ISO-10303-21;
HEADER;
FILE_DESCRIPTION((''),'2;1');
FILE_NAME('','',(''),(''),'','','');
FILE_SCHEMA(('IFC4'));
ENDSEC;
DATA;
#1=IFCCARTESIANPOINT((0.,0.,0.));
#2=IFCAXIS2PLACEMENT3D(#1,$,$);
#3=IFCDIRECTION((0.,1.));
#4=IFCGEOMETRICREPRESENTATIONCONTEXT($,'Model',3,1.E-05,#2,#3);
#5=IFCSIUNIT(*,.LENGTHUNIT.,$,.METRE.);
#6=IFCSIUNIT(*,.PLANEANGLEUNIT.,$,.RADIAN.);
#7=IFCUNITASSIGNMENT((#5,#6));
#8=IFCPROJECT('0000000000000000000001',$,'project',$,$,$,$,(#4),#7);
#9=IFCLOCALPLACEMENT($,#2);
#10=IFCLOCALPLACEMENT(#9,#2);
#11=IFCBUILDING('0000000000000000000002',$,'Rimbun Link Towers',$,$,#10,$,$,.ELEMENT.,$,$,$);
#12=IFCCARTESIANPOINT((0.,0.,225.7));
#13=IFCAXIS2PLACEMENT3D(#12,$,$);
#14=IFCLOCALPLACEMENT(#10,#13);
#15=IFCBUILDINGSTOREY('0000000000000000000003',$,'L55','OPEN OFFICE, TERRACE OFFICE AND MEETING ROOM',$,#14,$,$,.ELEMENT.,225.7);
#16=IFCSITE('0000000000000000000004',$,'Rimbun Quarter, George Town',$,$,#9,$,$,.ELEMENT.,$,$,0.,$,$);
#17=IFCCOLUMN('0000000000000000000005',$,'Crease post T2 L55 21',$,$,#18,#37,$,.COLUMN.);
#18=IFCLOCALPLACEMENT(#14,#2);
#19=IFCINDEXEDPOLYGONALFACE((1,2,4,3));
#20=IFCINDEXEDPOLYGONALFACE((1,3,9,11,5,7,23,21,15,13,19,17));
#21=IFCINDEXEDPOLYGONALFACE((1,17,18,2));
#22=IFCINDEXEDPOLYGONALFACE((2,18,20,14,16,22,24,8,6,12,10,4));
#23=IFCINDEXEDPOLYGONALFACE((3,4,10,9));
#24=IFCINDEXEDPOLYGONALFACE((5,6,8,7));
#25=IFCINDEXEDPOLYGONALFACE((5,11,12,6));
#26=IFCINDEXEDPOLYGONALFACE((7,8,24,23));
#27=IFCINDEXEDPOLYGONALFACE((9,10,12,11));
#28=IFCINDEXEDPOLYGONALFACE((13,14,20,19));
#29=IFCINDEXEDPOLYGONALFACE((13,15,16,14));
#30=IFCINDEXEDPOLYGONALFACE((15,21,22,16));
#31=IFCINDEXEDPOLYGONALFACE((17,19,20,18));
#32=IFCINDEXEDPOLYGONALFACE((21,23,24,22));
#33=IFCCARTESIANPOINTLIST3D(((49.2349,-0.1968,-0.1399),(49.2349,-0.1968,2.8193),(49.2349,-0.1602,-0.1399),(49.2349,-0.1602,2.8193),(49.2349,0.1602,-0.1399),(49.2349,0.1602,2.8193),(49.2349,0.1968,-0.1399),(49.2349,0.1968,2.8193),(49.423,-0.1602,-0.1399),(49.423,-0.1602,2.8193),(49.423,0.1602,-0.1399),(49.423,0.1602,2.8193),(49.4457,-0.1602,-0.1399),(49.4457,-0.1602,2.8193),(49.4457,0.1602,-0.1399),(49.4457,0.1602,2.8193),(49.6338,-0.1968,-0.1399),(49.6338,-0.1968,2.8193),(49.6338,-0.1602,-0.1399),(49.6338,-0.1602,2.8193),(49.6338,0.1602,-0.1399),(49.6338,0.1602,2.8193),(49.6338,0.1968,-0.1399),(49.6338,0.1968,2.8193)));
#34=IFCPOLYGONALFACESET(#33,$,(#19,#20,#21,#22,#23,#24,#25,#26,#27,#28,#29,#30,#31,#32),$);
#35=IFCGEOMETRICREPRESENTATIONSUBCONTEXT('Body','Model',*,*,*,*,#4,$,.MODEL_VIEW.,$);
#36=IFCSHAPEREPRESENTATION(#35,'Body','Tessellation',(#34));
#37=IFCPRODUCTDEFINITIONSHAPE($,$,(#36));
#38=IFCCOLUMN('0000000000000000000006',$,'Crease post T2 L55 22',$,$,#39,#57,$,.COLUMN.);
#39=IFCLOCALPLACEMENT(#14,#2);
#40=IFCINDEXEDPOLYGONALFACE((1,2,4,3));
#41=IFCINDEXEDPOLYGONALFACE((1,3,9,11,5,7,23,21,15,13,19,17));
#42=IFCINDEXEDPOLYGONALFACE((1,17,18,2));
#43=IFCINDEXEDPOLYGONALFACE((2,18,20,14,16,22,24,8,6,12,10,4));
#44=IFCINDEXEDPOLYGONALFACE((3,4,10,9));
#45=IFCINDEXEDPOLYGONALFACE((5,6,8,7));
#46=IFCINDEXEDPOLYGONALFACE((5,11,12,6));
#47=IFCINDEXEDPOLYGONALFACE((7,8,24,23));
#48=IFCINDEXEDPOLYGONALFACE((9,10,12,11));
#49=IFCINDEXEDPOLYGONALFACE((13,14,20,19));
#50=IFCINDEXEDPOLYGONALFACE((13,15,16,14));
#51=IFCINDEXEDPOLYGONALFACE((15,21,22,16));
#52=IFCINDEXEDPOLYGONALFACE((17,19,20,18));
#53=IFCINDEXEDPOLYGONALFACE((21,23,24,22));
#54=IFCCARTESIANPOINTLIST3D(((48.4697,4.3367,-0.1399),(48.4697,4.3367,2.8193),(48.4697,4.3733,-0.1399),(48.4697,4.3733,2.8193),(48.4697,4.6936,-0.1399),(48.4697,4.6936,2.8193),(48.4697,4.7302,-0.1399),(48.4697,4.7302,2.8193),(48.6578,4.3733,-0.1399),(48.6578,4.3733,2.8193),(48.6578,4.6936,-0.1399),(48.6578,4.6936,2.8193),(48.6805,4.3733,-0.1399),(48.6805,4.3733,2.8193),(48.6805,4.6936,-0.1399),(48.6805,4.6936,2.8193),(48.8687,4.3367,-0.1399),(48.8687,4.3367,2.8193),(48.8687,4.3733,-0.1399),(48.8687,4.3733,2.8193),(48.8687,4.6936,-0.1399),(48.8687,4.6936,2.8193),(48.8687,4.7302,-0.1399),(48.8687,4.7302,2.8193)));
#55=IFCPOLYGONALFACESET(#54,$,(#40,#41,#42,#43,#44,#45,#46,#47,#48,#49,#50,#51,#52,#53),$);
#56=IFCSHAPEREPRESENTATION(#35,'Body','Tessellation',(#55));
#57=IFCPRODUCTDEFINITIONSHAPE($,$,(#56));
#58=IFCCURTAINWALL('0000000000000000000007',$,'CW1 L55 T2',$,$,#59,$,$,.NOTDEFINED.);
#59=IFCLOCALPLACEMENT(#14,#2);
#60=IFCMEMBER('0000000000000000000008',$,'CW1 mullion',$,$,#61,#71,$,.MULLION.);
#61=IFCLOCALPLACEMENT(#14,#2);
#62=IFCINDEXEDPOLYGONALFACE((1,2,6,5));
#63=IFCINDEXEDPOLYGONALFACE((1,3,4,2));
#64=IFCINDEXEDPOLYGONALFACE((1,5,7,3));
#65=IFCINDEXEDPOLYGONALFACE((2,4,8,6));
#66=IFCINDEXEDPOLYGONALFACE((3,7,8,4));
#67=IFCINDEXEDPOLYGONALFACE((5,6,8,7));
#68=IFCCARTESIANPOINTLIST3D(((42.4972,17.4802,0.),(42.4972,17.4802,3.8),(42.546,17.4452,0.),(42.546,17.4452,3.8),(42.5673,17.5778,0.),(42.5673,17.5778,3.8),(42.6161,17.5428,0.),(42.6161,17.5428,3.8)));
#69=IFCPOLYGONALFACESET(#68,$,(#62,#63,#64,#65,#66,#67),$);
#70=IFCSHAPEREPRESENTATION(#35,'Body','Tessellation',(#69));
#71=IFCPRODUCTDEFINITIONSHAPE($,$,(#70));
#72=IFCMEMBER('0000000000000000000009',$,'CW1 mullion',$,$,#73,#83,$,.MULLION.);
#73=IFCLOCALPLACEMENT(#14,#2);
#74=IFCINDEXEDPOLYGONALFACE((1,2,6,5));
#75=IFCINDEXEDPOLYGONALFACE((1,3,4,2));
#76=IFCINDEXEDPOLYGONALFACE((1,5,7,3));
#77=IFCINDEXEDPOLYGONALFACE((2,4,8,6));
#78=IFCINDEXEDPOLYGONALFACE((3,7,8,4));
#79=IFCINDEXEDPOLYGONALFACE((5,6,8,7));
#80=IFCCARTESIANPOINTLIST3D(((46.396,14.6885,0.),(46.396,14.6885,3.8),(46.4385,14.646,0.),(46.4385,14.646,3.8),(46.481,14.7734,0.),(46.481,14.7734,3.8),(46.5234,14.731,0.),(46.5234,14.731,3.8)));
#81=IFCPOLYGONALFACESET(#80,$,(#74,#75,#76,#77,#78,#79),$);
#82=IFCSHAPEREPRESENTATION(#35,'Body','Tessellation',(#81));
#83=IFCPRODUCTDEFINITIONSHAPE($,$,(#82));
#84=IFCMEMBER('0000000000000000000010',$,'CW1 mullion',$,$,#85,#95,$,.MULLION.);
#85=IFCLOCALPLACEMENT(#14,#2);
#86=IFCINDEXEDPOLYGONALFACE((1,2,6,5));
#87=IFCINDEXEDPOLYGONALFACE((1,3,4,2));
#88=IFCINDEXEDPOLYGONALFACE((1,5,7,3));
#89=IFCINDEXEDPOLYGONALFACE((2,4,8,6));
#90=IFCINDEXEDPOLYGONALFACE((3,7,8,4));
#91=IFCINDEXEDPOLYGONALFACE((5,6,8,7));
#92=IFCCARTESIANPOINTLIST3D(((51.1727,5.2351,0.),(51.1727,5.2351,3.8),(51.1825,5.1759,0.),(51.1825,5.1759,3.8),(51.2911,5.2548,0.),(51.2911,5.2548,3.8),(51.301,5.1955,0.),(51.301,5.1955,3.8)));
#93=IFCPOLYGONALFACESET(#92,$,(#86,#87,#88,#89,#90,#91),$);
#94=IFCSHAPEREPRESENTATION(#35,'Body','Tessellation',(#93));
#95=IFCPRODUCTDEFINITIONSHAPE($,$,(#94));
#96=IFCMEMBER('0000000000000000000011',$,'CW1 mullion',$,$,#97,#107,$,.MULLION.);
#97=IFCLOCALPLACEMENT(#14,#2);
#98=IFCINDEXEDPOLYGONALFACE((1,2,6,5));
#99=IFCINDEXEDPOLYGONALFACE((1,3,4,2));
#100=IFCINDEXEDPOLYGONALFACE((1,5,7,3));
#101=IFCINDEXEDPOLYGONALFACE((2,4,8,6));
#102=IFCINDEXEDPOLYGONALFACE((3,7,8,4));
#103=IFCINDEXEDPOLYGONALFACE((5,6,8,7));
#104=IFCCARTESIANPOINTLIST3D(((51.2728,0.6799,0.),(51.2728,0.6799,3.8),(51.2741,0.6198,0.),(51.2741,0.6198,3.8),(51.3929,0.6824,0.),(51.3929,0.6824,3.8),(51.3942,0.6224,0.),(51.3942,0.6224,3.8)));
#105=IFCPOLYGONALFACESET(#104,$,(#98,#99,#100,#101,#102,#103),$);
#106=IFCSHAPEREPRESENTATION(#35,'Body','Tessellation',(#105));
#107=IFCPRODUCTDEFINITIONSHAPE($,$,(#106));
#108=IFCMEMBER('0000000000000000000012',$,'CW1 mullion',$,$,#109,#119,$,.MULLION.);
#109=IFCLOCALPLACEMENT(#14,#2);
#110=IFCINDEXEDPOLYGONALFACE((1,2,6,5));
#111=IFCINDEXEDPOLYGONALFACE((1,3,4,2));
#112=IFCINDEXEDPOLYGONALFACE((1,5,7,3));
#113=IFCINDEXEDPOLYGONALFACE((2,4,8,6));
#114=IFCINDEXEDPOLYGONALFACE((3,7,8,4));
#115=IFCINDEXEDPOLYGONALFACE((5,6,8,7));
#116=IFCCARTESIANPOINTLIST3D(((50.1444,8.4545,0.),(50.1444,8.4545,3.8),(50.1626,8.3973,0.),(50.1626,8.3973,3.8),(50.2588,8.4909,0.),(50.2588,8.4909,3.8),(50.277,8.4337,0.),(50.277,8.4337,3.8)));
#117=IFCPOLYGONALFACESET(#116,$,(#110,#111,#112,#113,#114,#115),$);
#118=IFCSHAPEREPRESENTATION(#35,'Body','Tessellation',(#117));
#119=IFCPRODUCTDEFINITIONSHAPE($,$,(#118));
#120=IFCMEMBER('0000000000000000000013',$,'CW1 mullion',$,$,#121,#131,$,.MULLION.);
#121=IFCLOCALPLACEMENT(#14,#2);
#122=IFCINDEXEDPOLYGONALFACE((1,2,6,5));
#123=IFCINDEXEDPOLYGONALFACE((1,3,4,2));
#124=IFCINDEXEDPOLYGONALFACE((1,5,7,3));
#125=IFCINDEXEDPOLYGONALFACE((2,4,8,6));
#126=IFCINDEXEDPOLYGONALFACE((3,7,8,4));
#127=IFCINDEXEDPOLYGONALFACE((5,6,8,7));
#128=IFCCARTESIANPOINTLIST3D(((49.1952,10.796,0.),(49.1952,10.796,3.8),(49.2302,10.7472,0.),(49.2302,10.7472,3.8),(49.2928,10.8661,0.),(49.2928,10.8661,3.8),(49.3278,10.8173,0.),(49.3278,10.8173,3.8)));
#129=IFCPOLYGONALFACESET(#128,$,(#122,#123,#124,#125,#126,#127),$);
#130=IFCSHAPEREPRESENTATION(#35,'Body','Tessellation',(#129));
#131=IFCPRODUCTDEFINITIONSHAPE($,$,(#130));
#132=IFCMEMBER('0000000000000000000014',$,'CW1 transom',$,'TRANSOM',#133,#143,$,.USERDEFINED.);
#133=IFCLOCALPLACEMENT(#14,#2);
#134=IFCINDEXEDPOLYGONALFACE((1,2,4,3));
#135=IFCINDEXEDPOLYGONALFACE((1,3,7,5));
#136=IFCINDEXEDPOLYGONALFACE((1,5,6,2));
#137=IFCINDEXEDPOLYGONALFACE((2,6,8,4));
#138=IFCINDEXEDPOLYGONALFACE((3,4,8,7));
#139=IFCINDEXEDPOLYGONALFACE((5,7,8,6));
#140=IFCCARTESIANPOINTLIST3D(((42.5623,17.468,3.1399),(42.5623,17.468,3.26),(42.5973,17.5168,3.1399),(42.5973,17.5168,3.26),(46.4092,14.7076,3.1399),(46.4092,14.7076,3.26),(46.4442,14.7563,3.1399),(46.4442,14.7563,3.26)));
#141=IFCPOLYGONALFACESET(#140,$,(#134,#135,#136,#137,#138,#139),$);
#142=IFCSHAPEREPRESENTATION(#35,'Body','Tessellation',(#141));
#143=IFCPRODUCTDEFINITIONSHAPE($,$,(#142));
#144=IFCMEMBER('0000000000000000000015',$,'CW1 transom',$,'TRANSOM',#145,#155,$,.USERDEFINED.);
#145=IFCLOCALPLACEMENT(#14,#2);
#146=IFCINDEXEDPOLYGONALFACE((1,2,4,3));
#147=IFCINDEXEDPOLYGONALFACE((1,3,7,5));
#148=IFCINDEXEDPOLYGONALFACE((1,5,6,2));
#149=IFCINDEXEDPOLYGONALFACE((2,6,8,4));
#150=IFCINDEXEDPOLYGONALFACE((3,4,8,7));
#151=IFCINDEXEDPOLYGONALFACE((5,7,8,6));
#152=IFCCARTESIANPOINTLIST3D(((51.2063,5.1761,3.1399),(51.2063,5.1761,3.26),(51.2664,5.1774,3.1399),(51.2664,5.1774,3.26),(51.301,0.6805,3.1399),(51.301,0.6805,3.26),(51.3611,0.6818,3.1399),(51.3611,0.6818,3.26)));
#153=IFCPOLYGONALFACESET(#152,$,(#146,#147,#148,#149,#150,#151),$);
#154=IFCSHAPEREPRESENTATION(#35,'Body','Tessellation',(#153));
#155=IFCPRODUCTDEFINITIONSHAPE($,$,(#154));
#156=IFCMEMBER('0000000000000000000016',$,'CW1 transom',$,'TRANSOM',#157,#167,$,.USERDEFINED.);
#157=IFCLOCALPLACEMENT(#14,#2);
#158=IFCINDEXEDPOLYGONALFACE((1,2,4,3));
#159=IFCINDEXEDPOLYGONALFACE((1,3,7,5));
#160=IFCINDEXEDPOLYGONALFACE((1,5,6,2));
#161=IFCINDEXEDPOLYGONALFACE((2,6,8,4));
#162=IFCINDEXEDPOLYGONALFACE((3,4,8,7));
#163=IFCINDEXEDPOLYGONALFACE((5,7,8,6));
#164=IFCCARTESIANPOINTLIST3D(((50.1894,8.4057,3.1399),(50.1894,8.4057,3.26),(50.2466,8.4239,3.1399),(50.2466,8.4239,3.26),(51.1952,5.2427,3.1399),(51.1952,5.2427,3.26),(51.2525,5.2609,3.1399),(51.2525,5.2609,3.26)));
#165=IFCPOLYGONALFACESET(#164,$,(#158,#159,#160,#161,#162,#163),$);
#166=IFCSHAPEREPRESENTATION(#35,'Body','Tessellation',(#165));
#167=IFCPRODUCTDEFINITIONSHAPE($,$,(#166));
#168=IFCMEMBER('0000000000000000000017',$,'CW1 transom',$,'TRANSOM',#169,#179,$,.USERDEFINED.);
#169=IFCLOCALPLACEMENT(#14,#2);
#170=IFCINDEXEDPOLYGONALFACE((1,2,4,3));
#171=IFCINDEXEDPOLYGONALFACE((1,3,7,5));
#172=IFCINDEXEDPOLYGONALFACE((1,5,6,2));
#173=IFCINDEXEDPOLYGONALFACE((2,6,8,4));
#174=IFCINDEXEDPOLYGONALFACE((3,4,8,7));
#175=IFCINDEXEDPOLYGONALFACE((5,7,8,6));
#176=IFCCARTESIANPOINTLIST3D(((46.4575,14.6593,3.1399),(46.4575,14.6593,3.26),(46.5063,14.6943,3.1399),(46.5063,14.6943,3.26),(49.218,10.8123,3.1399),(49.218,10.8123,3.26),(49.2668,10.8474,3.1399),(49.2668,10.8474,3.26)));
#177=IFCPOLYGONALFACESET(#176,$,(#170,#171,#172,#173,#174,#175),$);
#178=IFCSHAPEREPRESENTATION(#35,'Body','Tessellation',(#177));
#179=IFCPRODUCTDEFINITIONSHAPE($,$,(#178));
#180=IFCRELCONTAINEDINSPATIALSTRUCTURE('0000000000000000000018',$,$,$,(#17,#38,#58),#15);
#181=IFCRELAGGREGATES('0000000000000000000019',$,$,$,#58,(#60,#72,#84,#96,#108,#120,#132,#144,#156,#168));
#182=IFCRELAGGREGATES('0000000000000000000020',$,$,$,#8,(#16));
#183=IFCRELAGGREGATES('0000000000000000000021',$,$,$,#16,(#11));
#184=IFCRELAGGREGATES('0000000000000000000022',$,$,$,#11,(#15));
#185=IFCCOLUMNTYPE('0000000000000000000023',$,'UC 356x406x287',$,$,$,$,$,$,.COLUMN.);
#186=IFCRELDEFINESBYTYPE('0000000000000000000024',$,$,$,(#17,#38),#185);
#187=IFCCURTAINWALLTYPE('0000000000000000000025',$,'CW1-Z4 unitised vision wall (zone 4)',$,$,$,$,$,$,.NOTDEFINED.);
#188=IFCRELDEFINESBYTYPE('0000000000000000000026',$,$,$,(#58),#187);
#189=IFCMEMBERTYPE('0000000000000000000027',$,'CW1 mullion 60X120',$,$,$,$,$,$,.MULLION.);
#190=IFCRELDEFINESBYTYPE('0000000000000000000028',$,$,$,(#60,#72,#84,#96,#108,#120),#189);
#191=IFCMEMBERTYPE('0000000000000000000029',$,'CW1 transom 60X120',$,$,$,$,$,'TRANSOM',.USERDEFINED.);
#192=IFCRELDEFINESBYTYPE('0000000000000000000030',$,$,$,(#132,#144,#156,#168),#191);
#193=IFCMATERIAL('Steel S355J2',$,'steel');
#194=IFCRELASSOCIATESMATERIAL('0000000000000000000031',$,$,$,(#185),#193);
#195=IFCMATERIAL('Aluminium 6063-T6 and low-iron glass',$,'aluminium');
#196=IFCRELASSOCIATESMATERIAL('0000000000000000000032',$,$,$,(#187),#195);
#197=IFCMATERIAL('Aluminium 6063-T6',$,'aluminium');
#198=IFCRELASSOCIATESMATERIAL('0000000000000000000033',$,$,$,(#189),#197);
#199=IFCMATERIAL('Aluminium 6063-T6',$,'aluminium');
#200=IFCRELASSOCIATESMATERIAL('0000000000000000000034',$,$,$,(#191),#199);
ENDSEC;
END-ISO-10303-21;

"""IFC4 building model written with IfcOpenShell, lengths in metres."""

from ifc_helpers import new_model, si_unit, direction, frame, origin, origin_2d, place, context, subcontext, project, spatial, rectangle, i_section, extrude, material, material_profile, profile_set, type_object, element, aggregate, save


model = new_model("IFC4")

# Units and contexts
model_context = context("Model", 3, precision=1e-05, world=origin(), true_north=direction((0.0, 1.0)))
body_context = subcontext(model_context, "Body", "Model", "MODEL_VIEW")
ifc_project = project(units=[si_unit("LENGTHUNIT", "METRE"), si_unit("PLANEANGLEUNIT", "RADIAN")], contexts=[model_context])

# Site, building, storey
site_placement = place(None, origin())
site = spatial("IfcSite", under=ifc_project, at=site_placement, Name="Rimbun Quarter, George Town", CompositionType="ELEMENT", RefElevation=0.0)
building_placement = place(site_placement, origin())
building = spatial("IfcBuilding", under=site, at=building_placement, Name="Rimbun Link Towers", CompositionType="ELEMENT")
storey_placement = place(building_placement, frame((0.0, 0.0, 225.7)))
storey = spatial("IfcBuildingStorey", under=building, at=storey_placement, Name="L55", Description="OPEN OFFICE, TERRACE OFFICE AND MEETING ROOM", CompositionType="ELEMENT", Elevation=225.7)

# Columns
ifc_material_1 = material(Name="Steel S355J2", Category="steel")
ifc_material_profile_1 = material_profile(ifc_material_1, i_section(OverallWidth=0.3989, OverallDepth=0.3936, WebThickness=0.0227, FlangeThickness=0.0366, at=origin_2d()), Name="UC 356x406x287")
ifc_profile_set_1 = profile_set([ifc_material_profile_1], Name="Steel S355J2")
column_type = type_object("IfcColumnType", Name="UC 356x406x287", PredefinedType="COLUMN", material=ifc_profile_set_1)
for number, where, z_axis, x_axis, name in (
    (1, (49.4343, 0.0, -0.1399), (0.0, 0.0, 1.0), (1.0, 0.0, 0.0), "Crease post T2 L55 21"),
    (2, (48.6692, 4.5334, -0.1399), (0.0, 0.0, 1.0), (1.0, 0.0, 0.0), "Crease post T2 L55 22"),
):
    element("IfcColumn", number, at=place(storey_placement, frame(where, z_axis=z_axis, x_axis=x_axis)), inside=storey, type_object=column_type, Name=name, PredefinedType="COLUMN", context=body_context, shape_type="SweptSolid", body=[
        extrude(i_section(OverallWidth=0.3989, OverallDepth=0.3936, WebThickness=0.0227, FlangeThickness=0.0366, at=origin_2d()), origin(), (0.0, 0.0, 1.0), 2.9592),
    ])

# Curtain wall, members
ifc_material_2 = material(Name="Aluminium 6063-T6 and low-iron glass", Category="aluminium")
curtain_wall_type = type_object("IfcCurtainWallType", Name="CW1-Z4 unitised vision wall (zone 4)", PredefinedType="NOTDEFINED", material=ifc_material_2)
curtain_wall_placement = place(storey_placement, origin())
curtain_wall = element("IfcCurtainWall", 3, at=curtain_wall_placement, inside=storey, type_object=curtain_wall_type, Name="CW1 L55 T2", PredefinedType="NOTDEFINED")
ifc_material_3 = material(Name="Aluminium 6063-T6", Category="aluminium")
ifc_material_profile_2 = material_profile(ifc_material_3, rectangle(XDim=0.1201, YDim=0.0601, at=origin_2d()), Name="MULLION 60X120")
ifc_profile_set_2 = profile_set([ifc_material_profile_2], Name="Aluminium 6063-T6")
member_type_1 = type_object("IfcMemberType", Name="CW1 mullion 60X120", PredefinedType="MULLION", material=ifc_profile_set_2)
member_1_placement = place(storey_placement, frame((42.5566, 17.5115, 0.0), z_axis=(0.0, 0.0, 1.0), x_axis=(0.583009, 0.812465, 0.0)))
member_1 = element("IfcMember", 4, at=member_1_placement, type_object=member_type_1, Name="CW1 mullion", PredefinedType="MULLION", context=body_context, shape_type="SweptSolid", body=[
    extrude(rectangle(XDim=0.1201, YDim=0.0601, at=origin_2d()), origin(), (0.0, 0.0, 1.0), 3.8),
])
member_2_placement = place(storey_placement, frame((46.4597, 14.7097, 0.0), z_axis=(0.0, 0.0, 1.0), x_axis=(0.707107, 0.707107, 0.0)))
member_2 = element("IfcMember", 5, at=member_2_placement, type_object=member_type_1, Name="CW1 mullion", PredefinedType="MULLION", context=body_context, shape_type="SweptSolid", body=[
    extrude(rectangle(XDim=0.1201, YDim=0.0601, at=origin_2d()), origin(), (0.0, 0.0, 1.0), 3.8),
])
member_3_placement = place(storey_placement, frame((51.2368, 5.2153, 0.0), z_axis=(0.0, 0.0, 1.0), x_axis=(0.986503, 0.163742, 0.0)))
member_3 = element("IfcMember", 6, at=member_3_placement, type_object=member_type_1, Name="CW1 mullion", PredefinedType="MULLION", context=body_context, shape_type="SweptSolid", body=[
    extrude(rectangle(XDim=0.1201, YDim=0.0601, at=origin_2d()), origin(), (0.0, 0.0, 1.0), 3.8),
])
member_4_placement = place(storey_placement, frame((51.3335, 0.6511, 0.0), z_axis=(0.0, 0.0, 1.0), x_axis=(0.999778, 0.021069, 0.0)))
member_4 = element("IfcMember", 7, at=member_4_placement, type_object=member_type_1, Name="CW1 mullion", PredefinedType="MULLION", context=body_context, shape_type="SweptSolid", body=[
    extrude(rectangle(XDim=0.1201, YDim=0.0601, at=origin_2d()), origin(), (0.0, 0.0, 1.0), 3.8),
])
member_5_placement = place(storey_placement, frame((50.2107, 8.4441, 0.0), z_axis=(0.0, 0.0, 1.0), x_axis=(0.952974, 0.303053, 0.0)))
member_5 = element("IfcMember", 8, at=member_5_placement, type_object=member_type_1, Name="CW1 mullion", PredefinedType="MULLION", context=body_context, shape_type="SweptSolid", body=[
    extrude(rectangle(XDim=0.1201, YDim=0.0601, at=origin_2d()), origin(), (0.0, 0.0, 1.0), 3.8),
])
member_6_placement = place(storey_placement, frame((49.2615, 10.8066, 0.0), z_axis=(0.0, 0.0, 1.0), x_axis=(0.812465, 0.583009, 0.0)))
member_6 = element("IfcMember", 9, at=member_6_placement, type_object=member_type_1, Name="CW1 mullion", PredefinedType="MULLION", context=body_context, shape_type="SweptSolid", body=[
    extrude(rectangle(XDim=0.1201, YDim=0.0601, at=origin_2d()), origin(), (0.0, 0.0, 1.0), 3.8),
])
ifc_material_4 = material(Name="Aluminium 6063-T6", Category="aluminium")
ifc_material_profile_3 = material_profile(ifc_material_4, rectangle(XDim=0.0601, YDim=0.1201, at=origin_2d()), Name="TRANSOM 60X120")
ifc_profile_set_3 = profile_set([ifc_material_profile_3], Name="Aluminium 6063-T6")
member_type_2 = type_object("IfcMemberType", Name="CW1 transom 60X120", ElementType="TRANSOM", PredefinedType="USERDEFINED", material=ifc_profile_set_3)
member_7_placement = place(storey_placement, frame((42.5798, 17.4924, 3.2), z_axis=(0.812463, -0.583012, 0.0), x_axis=(0.583012, 0.812463, 0.0)))
member_7 = element("IfcMember", 10, at=member_7_placement, type_object=member_type_2, Name="CW1 transom", ObjectType="TRANSOM", PredefinedType="USERDEFINED", context=body_context, shape_type="SweptSolid", body=[
    extrude(rectangle(XDim=0.0601, YDim=0.1201, at=origin_2d()), origin(), (0.0, 0.0, 1.0), 4.7349),
])
member_8_placement = place(storey_placement, frame((51.2363, 5.1768, 3.2), z_axis=(0.021066, -0.999778, 0.0), x_axis=(0.999778, 0.021066, 0.0)))
member_8 = element("IfcMember", 11, at=member_8_placement, type_object=member_type_2, Name="CW1 transom", ObjectType="TRANSOM", PredefinedType="USERDEFINED", context=body_context, shape_type="SweptSolid", body=[
    extrude(rectangle(XDim=0.0601, YDim=0.1201, at=origin_2d()), origin(), (0.0, 0.0, 1.0), 4.4966),
])
member_9_placement = place(storey_placement, frame((50.218, 8.4148, 3.2), z_axis=(0.303046, -0.952976, 0.0), x_axis=(0.952976, 0.303046, 0.0)))
member_9 = element("IfcMember", 12, at=member_9_placement, type_object=member_type_2, Name="CW1 transom", ObjectType="TRANSOM", PredefinedType="USERDEFINED", context=body_context, shape_type="SweptSolid", body=[
    extrude(rectangle(XDim=0.0601, YDim=0.1201, at=origin_2d()), origin(), (0.0, 0.0, 1.0), 3.3191),
])
member_10_placement = place(storey_placement, frame((46.4819, 14.6768, 3.2), z_axis=(0.583012, -0.812463, 0.0), x_axis=(0.812463, 0.583012, 0.0)))
member_10 = element("IfcMember", 13, at=member_10_placement, type_object=member_type_2, Name="CW1 transom", ObjectType="TRANSOM", PredefinedType="USERDEFINED", context=body_context, shape_type="SweptSolid", body=[
    extrude(rectangle(XDim=0.0601, YDim=0.1201, at=origin_2d()), origin(), (0.0, 0.0, 1.0), 4.7349),
])

aggregate(curtain_wall, [member_1, member_2, member_3, member_4, member_5, member_6, member_7, member_8, member_9, member_10])

save(model, "model.ifc")
